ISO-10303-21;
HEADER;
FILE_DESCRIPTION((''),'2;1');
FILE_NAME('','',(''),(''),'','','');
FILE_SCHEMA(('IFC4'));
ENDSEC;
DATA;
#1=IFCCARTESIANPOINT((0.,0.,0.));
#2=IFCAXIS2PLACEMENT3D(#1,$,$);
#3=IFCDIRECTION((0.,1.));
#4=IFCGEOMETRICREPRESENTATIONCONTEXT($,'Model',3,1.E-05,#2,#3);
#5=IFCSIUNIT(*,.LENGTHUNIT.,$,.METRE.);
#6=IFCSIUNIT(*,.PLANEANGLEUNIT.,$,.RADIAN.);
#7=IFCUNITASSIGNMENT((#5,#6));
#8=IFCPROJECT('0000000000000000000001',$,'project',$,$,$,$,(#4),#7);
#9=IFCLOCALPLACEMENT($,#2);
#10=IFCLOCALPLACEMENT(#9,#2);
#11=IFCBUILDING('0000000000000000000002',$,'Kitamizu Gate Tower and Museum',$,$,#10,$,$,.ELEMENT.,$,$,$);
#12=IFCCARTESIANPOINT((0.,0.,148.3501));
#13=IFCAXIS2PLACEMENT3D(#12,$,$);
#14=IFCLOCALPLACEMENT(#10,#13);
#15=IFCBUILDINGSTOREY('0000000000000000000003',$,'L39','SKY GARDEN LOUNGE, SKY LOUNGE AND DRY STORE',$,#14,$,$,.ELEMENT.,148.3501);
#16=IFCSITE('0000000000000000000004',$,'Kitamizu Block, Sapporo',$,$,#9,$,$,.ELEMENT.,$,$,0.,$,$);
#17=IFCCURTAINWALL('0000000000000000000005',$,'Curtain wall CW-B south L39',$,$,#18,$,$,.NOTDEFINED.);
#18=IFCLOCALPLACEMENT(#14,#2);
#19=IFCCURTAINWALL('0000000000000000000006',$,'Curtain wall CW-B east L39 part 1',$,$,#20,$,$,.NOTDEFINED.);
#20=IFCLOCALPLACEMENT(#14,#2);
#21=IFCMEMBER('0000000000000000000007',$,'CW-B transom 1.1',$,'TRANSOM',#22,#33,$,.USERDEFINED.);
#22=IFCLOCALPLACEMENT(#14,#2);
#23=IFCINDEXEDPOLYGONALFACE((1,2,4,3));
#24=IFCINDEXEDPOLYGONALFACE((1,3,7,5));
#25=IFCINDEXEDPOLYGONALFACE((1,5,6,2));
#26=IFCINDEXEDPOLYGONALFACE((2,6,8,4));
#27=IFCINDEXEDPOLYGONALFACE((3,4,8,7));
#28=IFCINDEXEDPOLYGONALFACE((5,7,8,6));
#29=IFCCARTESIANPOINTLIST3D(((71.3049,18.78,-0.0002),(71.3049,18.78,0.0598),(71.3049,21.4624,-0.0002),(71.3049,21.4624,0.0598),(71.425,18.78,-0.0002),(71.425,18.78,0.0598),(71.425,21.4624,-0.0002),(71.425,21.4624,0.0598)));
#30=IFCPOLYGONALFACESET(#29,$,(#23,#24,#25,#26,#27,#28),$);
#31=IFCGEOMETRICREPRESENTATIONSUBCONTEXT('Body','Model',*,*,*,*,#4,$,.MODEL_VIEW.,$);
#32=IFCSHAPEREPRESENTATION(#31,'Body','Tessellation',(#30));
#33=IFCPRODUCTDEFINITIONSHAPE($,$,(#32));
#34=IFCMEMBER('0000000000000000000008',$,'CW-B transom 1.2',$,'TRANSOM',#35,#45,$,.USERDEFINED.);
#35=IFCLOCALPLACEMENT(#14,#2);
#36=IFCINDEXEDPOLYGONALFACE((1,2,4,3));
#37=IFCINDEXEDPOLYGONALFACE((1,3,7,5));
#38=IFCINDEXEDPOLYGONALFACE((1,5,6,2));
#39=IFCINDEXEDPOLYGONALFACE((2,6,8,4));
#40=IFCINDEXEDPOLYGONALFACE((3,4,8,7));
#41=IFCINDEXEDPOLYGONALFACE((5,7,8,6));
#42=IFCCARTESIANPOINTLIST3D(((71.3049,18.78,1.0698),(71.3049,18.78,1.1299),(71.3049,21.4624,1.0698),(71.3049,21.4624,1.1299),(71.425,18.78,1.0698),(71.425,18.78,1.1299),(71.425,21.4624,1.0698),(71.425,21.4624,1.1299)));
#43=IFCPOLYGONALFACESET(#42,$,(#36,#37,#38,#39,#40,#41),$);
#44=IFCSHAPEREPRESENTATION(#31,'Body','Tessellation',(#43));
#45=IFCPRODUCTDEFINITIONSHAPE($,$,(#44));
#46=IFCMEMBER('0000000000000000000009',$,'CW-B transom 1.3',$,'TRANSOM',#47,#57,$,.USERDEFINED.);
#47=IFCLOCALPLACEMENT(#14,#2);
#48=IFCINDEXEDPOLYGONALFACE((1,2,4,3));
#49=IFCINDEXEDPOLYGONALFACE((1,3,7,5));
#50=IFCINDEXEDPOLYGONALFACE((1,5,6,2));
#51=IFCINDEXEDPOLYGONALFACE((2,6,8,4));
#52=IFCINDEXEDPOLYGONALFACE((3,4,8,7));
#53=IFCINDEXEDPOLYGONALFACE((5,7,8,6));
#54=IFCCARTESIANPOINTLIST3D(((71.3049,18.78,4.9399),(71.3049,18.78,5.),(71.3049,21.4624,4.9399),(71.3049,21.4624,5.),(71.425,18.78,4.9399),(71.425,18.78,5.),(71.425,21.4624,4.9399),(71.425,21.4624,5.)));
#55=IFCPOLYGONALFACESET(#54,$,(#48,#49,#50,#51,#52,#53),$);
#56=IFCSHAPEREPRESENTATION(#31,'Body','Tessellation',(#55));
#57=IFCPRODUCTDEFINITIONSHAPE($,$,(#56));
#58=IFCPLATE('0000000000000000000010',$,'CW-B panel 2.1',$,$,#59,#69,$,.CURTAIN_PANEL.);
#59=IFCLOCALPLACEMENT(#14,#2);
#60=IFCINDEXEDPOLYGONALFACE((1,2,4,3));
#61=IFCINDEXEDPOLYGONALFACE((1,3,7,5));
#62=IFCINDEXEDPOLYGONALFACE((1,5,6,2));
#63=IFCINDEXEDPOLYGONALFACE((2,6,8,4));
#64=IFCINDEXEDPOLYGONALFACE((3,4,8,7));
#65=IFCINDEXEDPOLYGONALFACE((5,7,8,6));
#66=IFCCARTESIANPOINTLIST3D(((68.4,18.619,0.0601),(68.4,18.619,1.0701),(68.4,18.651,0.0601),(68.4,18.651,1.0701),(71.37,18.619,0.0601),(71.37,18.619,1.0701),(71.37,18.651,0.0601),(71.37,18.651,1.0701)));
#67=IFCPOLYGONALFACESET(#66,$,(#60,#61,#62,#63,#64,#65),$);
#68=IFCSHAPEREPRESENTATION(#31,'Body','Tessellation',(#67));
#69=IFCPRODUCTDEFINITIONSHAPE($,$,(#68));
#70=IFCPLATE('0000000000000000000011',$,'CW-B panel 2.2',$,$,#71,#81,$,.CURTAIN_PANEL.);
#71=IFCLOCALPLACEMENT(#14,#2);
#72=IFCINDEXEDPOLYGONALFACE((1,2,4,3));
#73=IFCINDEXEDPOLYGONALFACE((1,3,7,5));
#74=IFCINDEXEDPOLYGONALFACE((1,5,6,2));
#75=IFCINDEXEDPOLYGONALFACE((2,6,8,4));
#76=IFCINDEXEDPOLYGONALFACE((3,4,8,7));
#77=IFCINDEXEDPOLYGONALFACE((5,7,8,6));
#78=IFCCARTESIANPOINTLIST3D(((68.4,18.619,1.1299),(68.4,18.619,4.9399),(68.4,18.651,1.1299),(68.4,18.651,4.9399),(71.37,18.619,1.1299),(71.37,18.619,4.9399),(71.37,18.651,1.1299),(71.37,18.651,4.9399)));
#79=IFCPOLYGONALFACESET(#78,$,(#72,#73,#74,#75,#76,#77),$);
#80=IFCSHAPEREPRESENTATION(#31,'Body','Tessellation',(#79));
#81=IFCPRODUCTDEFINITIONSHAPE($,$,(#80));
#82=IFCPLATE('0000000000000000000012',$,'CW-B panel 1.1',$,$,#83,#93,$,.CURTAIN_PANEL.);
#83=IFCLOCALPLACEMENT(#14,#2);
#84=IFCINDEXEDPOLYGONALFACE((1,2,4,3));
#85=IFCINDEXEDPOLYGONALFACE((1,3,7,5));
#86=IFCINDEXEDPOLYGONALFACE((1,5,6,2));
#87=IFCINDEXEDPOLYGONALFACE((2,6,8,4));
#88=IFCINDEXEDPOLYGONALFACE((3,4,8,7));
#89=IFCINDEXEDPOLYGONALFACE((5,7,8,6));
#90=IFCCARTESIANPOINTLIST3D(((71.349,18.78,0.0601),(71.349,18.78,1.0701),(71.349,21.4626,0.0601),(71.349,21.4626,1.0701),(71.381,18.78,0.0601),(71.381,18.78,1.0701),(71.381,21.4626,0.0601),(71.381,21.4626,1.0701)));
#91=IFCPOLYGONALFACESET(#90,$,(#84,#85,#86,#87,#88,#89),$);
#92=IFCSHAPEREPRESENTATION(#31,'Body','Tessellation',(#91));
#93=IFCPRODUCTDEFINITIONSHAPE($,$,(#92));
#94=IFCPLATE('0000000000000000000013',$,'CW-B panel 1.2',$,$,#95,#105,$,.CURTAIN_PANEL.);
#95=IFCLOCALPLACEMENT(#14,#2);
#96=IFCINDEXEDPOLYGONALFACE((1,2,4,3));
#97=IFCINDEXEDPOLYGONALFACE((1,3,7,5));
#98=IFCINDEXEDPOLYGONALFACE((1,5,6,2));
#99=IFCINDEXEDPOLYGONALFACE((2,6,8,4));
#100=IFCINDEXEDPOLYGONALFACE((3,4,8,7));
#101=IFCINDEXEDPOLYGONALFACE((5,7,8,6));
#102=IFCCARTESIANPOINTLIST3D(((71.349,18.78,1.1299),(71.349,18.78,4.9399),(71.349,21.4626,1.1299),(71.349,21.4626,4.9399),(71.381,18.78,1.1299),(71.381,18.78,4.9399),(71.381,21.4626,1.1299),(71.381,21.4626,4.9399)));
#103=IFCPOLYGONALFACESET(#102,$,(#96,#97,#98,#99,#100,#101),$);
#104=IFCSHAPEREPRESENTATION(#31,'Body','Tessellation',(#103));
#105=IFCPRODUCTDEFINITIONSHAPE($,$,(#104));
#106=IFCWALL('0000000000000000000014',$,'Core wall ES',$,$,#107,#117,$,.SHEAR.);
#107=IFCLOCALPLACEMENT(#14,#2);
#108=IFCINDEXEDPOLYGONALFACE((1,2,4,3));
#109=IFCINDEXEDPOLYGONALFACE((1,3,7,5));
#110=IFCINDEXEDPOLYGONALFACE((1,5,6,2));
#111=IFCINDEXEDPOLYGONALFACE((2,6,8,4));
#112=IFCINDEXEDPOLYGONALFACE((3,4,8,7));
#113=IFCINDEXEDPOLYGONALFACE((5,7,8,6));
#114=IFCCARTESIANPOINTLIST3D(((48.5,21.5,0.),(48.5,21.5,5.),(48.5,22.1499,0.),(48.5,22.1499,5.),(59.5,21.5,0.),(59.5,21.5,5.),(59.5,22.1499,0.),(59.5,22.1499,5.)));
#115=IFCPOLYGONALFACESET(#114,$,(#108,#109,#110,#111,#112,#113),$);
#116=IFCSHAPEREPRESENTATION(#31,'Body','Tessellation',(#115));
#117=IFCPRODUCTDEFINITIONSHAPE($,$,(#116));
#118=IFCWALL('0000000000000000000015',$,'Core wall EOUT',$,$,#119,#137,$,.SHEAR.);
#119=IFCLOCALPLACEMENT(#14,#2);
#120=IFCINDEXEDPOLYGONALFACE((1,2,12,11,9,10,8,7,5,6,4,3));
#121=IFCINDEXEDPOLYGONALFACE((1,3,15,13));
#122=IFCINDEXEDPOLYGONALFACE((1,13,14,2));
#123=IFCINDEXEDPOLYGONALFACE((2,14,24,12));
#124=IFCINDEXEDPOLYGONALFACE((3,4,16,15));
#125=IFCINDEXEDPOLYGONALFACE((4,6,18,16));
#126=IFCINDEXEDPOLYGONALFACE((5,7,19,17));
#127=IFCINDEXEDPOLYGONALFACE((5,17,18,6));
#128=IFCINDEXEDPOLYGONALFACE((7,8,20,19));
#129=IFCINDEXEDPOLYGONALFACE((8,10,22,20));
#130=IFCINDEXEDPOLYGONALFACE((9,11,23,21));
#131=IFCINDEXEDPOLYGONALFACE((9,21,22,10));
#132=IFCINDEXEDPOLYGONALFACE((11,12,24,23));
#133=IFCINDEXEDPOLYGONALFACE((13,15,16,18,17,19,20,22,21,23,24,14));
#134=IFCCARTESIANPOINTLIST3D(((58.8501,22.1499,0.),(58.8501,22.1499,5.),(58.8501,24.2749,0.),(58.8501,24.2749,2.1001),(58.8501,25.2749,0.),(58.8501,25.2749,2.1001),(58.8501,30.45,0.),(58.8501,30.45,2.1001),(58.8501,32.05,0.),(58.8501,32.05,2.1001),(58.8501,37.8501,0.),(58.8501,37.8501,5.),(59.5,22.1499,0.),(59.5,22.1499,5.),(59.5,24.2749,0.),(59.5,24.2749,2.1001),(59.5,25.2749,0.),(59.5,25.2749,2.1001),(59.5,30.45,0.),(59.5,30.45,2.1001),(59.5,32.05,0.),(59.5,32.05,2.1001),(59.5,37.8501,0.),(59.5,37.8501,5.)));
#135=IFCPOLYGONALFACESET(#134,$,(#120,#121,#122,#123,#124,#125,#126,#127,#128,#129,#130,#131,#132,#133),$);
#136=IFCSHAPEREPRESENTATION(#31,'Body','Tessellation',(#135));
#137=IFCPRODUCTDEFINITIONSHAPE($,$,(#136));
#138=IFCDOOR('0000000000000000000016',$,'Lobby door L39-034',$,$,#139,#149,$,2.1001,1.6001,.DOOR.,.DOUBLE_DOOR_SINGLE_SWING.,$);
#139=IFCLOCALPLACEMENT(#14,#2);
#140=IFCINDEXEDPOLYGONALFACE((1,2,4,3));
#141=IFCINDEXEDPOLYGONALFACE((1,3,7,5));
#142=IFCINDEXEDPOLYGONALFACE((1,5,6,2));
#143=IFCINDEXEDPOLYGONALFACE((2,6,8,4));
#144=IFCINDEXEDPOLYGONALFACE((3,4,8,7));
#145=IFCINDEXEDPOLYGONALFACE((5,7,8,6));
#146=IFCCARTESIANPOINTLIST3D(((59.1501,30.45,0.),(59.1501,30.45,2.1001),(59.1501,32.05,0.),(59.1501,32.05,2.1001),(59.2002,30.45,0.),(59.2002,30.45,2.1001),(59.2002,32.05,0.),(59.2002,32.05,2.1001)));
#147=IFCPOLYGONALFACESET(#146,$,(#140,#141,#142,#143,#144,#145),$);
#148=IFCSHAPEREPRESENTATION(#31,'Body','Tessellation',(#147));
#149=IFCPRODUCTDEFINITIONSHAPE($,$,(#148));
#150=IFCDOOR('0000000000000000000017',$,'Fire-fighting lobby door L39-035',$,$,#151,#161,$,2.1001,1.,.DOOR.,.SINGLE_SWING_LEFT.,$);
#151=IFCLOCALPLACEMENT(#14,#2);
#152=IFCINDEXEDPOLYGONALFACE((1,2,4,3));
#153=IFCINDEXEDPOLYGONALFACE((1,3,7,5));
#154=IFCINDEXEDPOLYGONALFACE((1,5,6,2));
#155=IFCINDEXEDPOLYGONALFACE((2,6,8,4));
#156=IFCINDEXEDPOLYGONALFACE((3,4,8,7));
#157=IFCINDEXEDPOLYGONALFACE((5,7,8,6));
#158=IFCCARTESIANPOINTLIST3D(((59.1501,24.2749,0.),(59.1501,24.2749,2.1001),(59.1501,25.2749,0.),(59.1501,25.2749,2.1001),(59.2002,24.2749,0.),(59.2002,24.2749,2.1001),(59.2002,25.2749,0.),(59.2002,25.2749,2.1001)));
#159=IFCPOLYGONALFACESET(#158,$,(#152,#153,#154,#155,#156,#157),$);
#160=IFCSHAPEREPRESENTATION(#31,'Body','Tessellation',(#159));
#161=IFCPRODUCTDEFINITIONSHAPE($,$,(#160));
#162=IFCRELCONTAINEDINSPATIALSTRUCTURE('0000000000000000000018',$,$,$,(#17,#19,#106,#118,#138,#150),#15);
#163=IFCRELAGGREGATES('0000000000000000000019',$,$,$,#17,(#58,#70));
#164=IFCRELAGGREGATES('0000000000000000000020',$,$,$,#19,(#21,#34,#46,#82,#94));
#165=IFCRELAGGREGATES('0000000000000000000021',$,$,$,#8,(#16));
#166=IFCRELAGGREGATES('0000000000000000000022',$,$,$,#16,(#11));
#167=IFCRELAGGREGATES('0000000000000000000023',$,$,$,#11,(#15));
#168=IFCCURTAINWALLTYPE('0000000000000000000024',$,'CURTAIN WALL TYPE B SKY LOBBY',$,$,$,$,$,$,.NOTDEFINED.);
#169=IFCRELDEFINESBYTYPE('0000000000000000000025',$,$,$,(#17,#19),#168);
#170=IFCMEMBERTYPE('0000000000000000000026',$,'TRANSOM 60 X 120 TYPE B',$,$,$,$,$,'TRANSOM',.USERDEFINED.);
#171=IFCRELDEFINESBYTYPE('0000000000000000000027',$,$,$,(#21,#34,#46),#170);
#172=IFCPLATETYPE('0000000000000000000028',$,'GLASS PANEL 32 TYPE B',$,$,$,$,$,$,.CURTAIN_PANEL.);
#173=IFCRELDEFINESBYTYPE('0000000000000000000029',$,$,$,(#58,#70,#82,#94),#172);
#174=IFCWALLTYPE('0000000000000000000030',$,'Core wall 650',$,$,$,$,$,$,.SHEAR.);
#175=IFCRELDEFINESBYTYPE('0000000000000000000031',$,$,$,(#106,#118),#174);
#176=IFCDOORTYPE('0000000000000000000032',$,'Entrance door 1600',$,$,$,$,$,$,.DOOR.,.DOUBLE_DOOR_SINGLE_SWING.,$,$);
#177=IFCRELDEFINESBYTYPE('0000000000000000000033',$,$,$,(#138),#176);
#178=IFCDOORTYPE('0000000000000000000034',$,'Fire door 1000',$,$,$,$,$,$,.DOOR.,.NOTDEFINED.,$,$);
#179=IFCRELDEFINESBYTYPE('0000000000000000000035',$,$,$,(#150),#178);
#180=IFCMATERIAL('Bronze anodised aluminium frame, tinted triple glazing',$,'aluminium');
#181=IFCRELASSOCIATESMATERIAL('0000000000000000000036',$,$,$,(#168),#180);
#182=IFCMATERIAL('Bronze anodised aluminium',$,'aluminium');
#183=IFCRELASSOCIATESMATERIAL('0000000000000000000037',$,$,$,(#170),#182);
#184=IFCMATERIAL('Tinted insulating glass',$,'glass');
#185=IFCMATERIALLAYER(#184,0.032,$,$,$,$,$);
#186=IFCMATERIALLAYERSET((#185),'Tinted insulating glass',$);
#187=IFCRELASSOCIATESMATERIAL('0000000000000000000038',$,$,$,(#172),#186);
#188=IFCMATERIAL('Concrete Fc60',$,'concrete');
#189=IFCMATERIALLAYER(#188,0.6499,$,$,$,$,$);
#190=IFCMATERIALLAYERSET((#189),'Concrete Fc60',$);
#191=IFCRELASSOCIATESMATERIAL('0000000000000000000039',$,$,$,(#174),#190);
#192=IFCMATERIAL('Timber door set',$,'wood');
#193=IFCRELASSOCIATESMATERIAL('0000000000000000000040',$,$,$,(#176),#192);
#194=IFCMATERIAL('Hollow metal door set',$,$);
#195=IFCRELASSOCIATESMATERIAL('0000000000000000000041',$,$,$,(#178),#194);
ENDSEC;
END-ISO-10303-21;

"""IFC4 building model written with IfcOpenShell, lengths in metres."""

from ifc_helpers import new_model, si_unit, direction, frame, frame_2d, origin, origin_2d, place, context, subcontext, project, spatial, rectangle, extrude, material, layer, layer_set, material_profile, profile_set, type_object, element, fill, aggregate, save


model = new_model("IFC4")

# Units and contexts
model_context = context("Model", 3, precision=1e-05, world=origin(), true_north=direction((0.0, 1.0)))
body_context = subcontext(model_context, "Body", "Model", "MODEL_VIEW")
ifc_project = project(units=[si_unit("LENGTHUNIT", "METRE"), si_unit("PLANEANGLEUNIT", "RADIAN")], contexts=[model_context])

# Site, building, storey
site_placement = place(None, origin())
site = spatial("IfcSite", under=ifc_project, at=site_placement, Name="Kitamizu Block, Sapporo", CompositionType="ELEMENT", RefElevation=0.0)
building_placement = place(site_placement, origin())
building = spatial("IfcBuilding", under=site, at=building_placement, Name="Kitamizu Gate Tower and Museum", CompositionType="ELEMENT")
storey_placement = place(building_placement, frame((0.0, 0.0, 148.3501)))
storey = spatial("IfcBuildingStorey", under=building, at=storey_placement, Name="L39", Description="SKY GARDEN LOUNGE, SKY LOUNGE AND DRY STORE", CompositionType="ELEMENT", Elevation=148.3501)

# Curtain wall
ifc_material_1 = material(Name="Bronze anodised aluminium frame, tinted triple glazing", Category="aluminium")
curtain_wall_type_1 = type_object("IfcCurtainWallType", Name="CURTAIN WALL TYPE B SKY LOBBY", PredefinedType="NOTDEFINED", material=ifc_material_1)
curtain_wall_1_placement = place(storey_placement, origin())
curtain_wall_1 = element("IfcCurtainWall", 1, at=curtain_wall_1_placement, inside=storey, type_object=curtain_wall_type_1, Name="Curtain wall CW-B south L39", PredefinedType="NOTDEFINED")

# Curtain wall
curtain_wall_2_placement = place(storey_placement, origin())
curtain_wall_2 = element("IfcCurtainWall", 2, at=curtain_wall_2_placement, inside=storey, type_object=curtain_wall_type_1, Name="Curtain wall CW-B east L39 part 1", PredefinedType="NOTDEFINED")

# Members
ifc_material_2 = material(Name="Bronze anodised aluminium", Category="aluminium")
ifc_material_profile_1 = material_profile(ifc_material_2, rectangle(XDim=0.1201, YDim=0.0601, at=origin_2d()), Name="AL 60X120")
ifc_profile_set_1 = profile_set([ifc_material_profile_1], Name="Bronze anodised aluminium")
member_type_1 = type_object("IfcMemberType", Name="TRANSOM 60 X 120 TYPE B", ElementType="TRANSOM", PredefinedType="USERDEFINED", material=ifc_profile_set_1)
member_1_placement = place(storey_placement, frame((71.365, 18.78, 0.0298), z_axis=(0.0, 1.0, 0.0), x_axis=(-1.0, 0.0, 0.0)))
member_1 = element("IfcMember", 3, at=member_1_placement, type_object=member_type_1, Name="CW-B transom 1.1", ObjectType="TRANSOM", PredefinedType="USERDEFINED", context=body_context, shape_type="SweptSolid", body=[
    extrude(rectangle(XDim=0.1201, YDim=0.0601, at=origin_2d()), origin(), (0.0, 0.0, 1.0), 2.6824),
])
member_2_placement = place(storey_placement, frame((71.365, 18.78, 1.0999), z_axis=(0.0, 1.0, 0.0), x_axis=(-1.0, 0.0, 0.0)))
member_2 = element("IfcMember", 4, at=member_2_placement, type_object=member_type_1, Name="CW-B transom 1.2", ObjectType="TRANSOM", PredefinedType="USERDEFINED", context=body_context, shape_type="SweptSolid", body=[
    extrude(rectangle(XDim=0.1201, YDim=0.0601, at=origin_2d()), origin(), (0.0, 0.0, 1.0), 2.6824),
])
member_3_placement = place(storey_placement, frame((71.365, 18.78, 4.97), z_axis=(0.0, 1.0, 0.0), x_axis=(-1.0, 0.0, 0.0)))
member_3 = element("IfcMember", 5, at=member_3_placement, type_object=member_type_1, Name="CW-B transom 1.3", ObjectType="TRANSOM", PredefinedType="USERDEFINED", context=body_context, shape_type="SweptSolid", body=[
    extrude(rectangle(XDim=0.1201, YDim=0.0601, at=origin_2d()), origin(), (0.0, 0.0, 1.0), 2.6824),
])

# Plates
ifc_material_3 = material(Name="Tinted insulating glass", Category="glass")
ifc_layer_1 = layer(ifc_material_3, 0.032)
ifc_layer_set_1 = layer_set([ifc_layer_1], Name="Tinted insulating glass")
plate_type = type_object("IfcPlateType", Name="GLASS PANEL 32 TYPE B", PredefinedType="CURTAIN_PANEL", material=ifc_layer_set_1)
plate_1_placement = place(storey_placement, frame((69.885, 18.635, 0.0601), z_axis=(0.0, 0.0, 1.0), x_axis=(1.0, 0.0, 0.0)))
plate_1 = element("IfcPlate", 6, at=plate_1_placement, type_object=plate_type, Name="CW-B panel 2.1", PredefinedType="CURTAIN_PANEL", context=body_context, shape_type="SweptSolid", body=[
    extrude(rectangle(XDim=2.97, YDim=0.032, at=origin_2d()), origin(), (0.0, 0.0, 1.0), 1.01),
])
plate_2_placement = place(storey_placement, frame((69.885, 18.635, 1.1299), z_axis=(0.0, 0.0, 1.0), x_axis=(1.0, 0.0, 0.0)))
plate_2 = element("IfcPlate", 7, at=plate_2_placement, type_object=plate_type, Name="CW-B panel 2.2", PredefinedType="CURTAIN_PANEL", context=body_context, shape_type="SweptSolid", body=[
    extrude(rectangle(XDim=2.97, YDim=0.032, at=origin_2d()), origin(), (0.0, 0.0, 1.0), 3.8101),
])
aggregate(curtain_wall_1, [plate_1, plate_2])
plate_3_placement = place(storey_placement, frame((71.365, 20.1213, 0.0601), z_axis=(0.0, 0.0, 1.0), x_axis=(0.0, 1.0, 0.0)))
plate_3 = element("IfcPlate", 8, at=plate_3_placement, type_object=plate_type, Name="CW-B panel 1.1", PredefinedType="CURTAIN_PANEL", context=body_context, shape_type="SweptSolid", body=[
    extrude(rectangle(XDim=2.6826, YDim=0.032, at=origin_2d()), origin(), (0.0, 0.0, 1.0), 1.01),
])
plate_4_placement = place(storey_placement, frame((71.365, 20.1213, 1.1299), z_axis=(0.0, 0.0, 1.0), x_axis=(0.0, 1.0, 0.0)))
plate_4 = element("IfcPlate", 9, at=plate_4_placement, type_object=plate_type, Name="CW-B panel 1.2", PredefinedType="CURTAIN_PANEL", context=body_context, shape_type="SweptSolid", body=[
    extrude(rectangle(XDim=2.6826, YDim=0.032, at=origin_2d()), origin(), (0.0, 0.0, 1.0), 3.8101),
])
aggregate(curtain_wall_2, [member_1, member_2, member_3, plate_3, plate_4])

# Wall
ifc_material_4 = material(Name="Concrete Fc60", Category="concrete")
ifc_layer_2 = layer(ifc_material_4, 0.6499)
ifc_layer_set_2 = layer_set([ifc_layer_2], Name="Concrete Fc60")
wall_type_1 = type_object("IfcWallType", Name="Core wall 650", PredefinedType="SHEAR", material=ifc_layer_set_2)
wall_1_placement = place(storey_placement, frame((59.5, 21.825, 0.0), z_axis=(0.0, 0.0, 1.0), x_axis=(-1.0, 0.0, 0.0)))
element("IfcWall", 10, at=wall_1_placement, inside=storey, type_object=wall_type_1, Name="Core wall ES", PredefinedType="SHEAR", context=body_context, shape_type="SweptSolid", body=[
    extrude(rectangle(XDim=11.0, YDim=0.6499, at=frame_2d((5.5, 0.0))), origin(), (0.0, 0.0, 1.0), 5.0),
])

# Wall, openings, doors
wall_2_placement = place(storey_placement, frame((59.175, 22.1499, 0.0), z_axis=(0.0, 0.0, 1.0), x_axis=(0.0, 1.0, 0.0)))
wall_2 = element("IfcWall", 11, at=wall_2_placement, inside=storey, type_object=wall_type_1, Name="Core wall EOUT", PredefinedType="SHEAR", context=body_context, shape_type="SweptSolid", body=[
    extrude(rectangle(XDim=15.7002, YDim=0.6499, at=frame_2d((7.8501, 0.0))), origin(), (0.0, 0.0, 1.0), 5.0),
])
opening_1_placement = place(wall_2_placement, frame((8.3, 0.0, 0.0)))
opening_1 = element("IfcOpeningElement", 12, at=opening_1_placement, cuts=wall_2, PredefinedType="OPENING", context=body_context, shape_type="SweptSolid", body=[
    extrude(rectangle(XDim=1.6001, YDim=2.1001, at=frame_2d((0.8, 1.05))), frame((0.0, 0.335, 0.0), z_axis=(0.0, -1.0, 0.0), x_axis=(1.0, 0.0, 0.0)), (0.0, 0.0, 1.0), 0.6699),
])
opening_2_placement = place(wall_2_placement, frame((2.125, 0.0, 0.0)))
opening_2 = element("IfcOpeningElement", 13, at=opening_2_placement, cuts=wall_2, PredefinedType="OPENING", context=body_context, shape_type="SweptSolid", body=[
    extrude(rectangle(XDim=1.0, YDim=2.1001, at=frame_2d((0.5, 1.05))), frame((0.0, 0.335, 0.0), z_axis=(0.0, -1.0, 0.0), x_axis=(1.0, 0.0, 0.0)), (0.0, 0.0, 1.0), 0.6699),
])
ifc_material_5 = material(Name="Timber door set", Category="wood")
door_type_1 = type_object("IfcDoorType", Name="Entrance door 1600", OperationType="DOUBLE_DOOR_SINGLE_SWING", PredefinedType="DOOR", material=ifc_material_5)
door_1_placement = place(opening_1_placement, origin())
door_1 = element("IfcDoor", 14, at=door_1_placement, inside=storey, type_object=door_type_1, Name="Lobby door L39-034", OperationType="DOUBLE_DOOR_SINGLE_SWING", OverallHeight=2.1001, OverallWidth=1.6001, PredefinedType="DOOR", context=body_context, shape_type="SweptSolid", body=[
    extrude(rectangle(XDim=1.6001, YDim=2.1001, at=frame_2d((0.8, 1.05))), frame((0.0, 0.0249, 0.0), z_axis=(0.0, -1.0, 0.0), x_axis=(1.0, 0.0, 0.0)), (0.0, 0.0, 1.0), 0.05),
])
fill(opening_1, door_1)
ifc_material_6 = material(Name="Hollow metal door set")
door_type_2 = type_object("IfcDoorType", Name="Fire door 1000", OperationType="NOTDEFINED", PredefinedType="DOOR", material=ifc_material_6)
door_2_placement = place(opening_2_placement, origin())
door_2 = element("IfcDoor", 15, at=door_2_placement, inside=storey, type_object=door_type_2, Name="Fire-fighting lobby door L39-035", OperationType="SINGLE_SWING_LEFT", OverallHeight=2.1001, OverallWidth=1.0, PredefinedType="DOOR", context=body_context, shape_type="SweptSolid", body=[
    extrude(rectangle(XDim=1.0, YDim=2.1001, at=frame_2d((0.5, 1.05))), frame((0.0, 0.0249, 0.0), z_axis=(0.0, -1.0, 0.0), x_axis=(1.0, 0.0, 0.0)), (0.0, 0.0, 1.0), 0.05),
])
fill(opening_2, door_2)

save(model, "model.ifc")
